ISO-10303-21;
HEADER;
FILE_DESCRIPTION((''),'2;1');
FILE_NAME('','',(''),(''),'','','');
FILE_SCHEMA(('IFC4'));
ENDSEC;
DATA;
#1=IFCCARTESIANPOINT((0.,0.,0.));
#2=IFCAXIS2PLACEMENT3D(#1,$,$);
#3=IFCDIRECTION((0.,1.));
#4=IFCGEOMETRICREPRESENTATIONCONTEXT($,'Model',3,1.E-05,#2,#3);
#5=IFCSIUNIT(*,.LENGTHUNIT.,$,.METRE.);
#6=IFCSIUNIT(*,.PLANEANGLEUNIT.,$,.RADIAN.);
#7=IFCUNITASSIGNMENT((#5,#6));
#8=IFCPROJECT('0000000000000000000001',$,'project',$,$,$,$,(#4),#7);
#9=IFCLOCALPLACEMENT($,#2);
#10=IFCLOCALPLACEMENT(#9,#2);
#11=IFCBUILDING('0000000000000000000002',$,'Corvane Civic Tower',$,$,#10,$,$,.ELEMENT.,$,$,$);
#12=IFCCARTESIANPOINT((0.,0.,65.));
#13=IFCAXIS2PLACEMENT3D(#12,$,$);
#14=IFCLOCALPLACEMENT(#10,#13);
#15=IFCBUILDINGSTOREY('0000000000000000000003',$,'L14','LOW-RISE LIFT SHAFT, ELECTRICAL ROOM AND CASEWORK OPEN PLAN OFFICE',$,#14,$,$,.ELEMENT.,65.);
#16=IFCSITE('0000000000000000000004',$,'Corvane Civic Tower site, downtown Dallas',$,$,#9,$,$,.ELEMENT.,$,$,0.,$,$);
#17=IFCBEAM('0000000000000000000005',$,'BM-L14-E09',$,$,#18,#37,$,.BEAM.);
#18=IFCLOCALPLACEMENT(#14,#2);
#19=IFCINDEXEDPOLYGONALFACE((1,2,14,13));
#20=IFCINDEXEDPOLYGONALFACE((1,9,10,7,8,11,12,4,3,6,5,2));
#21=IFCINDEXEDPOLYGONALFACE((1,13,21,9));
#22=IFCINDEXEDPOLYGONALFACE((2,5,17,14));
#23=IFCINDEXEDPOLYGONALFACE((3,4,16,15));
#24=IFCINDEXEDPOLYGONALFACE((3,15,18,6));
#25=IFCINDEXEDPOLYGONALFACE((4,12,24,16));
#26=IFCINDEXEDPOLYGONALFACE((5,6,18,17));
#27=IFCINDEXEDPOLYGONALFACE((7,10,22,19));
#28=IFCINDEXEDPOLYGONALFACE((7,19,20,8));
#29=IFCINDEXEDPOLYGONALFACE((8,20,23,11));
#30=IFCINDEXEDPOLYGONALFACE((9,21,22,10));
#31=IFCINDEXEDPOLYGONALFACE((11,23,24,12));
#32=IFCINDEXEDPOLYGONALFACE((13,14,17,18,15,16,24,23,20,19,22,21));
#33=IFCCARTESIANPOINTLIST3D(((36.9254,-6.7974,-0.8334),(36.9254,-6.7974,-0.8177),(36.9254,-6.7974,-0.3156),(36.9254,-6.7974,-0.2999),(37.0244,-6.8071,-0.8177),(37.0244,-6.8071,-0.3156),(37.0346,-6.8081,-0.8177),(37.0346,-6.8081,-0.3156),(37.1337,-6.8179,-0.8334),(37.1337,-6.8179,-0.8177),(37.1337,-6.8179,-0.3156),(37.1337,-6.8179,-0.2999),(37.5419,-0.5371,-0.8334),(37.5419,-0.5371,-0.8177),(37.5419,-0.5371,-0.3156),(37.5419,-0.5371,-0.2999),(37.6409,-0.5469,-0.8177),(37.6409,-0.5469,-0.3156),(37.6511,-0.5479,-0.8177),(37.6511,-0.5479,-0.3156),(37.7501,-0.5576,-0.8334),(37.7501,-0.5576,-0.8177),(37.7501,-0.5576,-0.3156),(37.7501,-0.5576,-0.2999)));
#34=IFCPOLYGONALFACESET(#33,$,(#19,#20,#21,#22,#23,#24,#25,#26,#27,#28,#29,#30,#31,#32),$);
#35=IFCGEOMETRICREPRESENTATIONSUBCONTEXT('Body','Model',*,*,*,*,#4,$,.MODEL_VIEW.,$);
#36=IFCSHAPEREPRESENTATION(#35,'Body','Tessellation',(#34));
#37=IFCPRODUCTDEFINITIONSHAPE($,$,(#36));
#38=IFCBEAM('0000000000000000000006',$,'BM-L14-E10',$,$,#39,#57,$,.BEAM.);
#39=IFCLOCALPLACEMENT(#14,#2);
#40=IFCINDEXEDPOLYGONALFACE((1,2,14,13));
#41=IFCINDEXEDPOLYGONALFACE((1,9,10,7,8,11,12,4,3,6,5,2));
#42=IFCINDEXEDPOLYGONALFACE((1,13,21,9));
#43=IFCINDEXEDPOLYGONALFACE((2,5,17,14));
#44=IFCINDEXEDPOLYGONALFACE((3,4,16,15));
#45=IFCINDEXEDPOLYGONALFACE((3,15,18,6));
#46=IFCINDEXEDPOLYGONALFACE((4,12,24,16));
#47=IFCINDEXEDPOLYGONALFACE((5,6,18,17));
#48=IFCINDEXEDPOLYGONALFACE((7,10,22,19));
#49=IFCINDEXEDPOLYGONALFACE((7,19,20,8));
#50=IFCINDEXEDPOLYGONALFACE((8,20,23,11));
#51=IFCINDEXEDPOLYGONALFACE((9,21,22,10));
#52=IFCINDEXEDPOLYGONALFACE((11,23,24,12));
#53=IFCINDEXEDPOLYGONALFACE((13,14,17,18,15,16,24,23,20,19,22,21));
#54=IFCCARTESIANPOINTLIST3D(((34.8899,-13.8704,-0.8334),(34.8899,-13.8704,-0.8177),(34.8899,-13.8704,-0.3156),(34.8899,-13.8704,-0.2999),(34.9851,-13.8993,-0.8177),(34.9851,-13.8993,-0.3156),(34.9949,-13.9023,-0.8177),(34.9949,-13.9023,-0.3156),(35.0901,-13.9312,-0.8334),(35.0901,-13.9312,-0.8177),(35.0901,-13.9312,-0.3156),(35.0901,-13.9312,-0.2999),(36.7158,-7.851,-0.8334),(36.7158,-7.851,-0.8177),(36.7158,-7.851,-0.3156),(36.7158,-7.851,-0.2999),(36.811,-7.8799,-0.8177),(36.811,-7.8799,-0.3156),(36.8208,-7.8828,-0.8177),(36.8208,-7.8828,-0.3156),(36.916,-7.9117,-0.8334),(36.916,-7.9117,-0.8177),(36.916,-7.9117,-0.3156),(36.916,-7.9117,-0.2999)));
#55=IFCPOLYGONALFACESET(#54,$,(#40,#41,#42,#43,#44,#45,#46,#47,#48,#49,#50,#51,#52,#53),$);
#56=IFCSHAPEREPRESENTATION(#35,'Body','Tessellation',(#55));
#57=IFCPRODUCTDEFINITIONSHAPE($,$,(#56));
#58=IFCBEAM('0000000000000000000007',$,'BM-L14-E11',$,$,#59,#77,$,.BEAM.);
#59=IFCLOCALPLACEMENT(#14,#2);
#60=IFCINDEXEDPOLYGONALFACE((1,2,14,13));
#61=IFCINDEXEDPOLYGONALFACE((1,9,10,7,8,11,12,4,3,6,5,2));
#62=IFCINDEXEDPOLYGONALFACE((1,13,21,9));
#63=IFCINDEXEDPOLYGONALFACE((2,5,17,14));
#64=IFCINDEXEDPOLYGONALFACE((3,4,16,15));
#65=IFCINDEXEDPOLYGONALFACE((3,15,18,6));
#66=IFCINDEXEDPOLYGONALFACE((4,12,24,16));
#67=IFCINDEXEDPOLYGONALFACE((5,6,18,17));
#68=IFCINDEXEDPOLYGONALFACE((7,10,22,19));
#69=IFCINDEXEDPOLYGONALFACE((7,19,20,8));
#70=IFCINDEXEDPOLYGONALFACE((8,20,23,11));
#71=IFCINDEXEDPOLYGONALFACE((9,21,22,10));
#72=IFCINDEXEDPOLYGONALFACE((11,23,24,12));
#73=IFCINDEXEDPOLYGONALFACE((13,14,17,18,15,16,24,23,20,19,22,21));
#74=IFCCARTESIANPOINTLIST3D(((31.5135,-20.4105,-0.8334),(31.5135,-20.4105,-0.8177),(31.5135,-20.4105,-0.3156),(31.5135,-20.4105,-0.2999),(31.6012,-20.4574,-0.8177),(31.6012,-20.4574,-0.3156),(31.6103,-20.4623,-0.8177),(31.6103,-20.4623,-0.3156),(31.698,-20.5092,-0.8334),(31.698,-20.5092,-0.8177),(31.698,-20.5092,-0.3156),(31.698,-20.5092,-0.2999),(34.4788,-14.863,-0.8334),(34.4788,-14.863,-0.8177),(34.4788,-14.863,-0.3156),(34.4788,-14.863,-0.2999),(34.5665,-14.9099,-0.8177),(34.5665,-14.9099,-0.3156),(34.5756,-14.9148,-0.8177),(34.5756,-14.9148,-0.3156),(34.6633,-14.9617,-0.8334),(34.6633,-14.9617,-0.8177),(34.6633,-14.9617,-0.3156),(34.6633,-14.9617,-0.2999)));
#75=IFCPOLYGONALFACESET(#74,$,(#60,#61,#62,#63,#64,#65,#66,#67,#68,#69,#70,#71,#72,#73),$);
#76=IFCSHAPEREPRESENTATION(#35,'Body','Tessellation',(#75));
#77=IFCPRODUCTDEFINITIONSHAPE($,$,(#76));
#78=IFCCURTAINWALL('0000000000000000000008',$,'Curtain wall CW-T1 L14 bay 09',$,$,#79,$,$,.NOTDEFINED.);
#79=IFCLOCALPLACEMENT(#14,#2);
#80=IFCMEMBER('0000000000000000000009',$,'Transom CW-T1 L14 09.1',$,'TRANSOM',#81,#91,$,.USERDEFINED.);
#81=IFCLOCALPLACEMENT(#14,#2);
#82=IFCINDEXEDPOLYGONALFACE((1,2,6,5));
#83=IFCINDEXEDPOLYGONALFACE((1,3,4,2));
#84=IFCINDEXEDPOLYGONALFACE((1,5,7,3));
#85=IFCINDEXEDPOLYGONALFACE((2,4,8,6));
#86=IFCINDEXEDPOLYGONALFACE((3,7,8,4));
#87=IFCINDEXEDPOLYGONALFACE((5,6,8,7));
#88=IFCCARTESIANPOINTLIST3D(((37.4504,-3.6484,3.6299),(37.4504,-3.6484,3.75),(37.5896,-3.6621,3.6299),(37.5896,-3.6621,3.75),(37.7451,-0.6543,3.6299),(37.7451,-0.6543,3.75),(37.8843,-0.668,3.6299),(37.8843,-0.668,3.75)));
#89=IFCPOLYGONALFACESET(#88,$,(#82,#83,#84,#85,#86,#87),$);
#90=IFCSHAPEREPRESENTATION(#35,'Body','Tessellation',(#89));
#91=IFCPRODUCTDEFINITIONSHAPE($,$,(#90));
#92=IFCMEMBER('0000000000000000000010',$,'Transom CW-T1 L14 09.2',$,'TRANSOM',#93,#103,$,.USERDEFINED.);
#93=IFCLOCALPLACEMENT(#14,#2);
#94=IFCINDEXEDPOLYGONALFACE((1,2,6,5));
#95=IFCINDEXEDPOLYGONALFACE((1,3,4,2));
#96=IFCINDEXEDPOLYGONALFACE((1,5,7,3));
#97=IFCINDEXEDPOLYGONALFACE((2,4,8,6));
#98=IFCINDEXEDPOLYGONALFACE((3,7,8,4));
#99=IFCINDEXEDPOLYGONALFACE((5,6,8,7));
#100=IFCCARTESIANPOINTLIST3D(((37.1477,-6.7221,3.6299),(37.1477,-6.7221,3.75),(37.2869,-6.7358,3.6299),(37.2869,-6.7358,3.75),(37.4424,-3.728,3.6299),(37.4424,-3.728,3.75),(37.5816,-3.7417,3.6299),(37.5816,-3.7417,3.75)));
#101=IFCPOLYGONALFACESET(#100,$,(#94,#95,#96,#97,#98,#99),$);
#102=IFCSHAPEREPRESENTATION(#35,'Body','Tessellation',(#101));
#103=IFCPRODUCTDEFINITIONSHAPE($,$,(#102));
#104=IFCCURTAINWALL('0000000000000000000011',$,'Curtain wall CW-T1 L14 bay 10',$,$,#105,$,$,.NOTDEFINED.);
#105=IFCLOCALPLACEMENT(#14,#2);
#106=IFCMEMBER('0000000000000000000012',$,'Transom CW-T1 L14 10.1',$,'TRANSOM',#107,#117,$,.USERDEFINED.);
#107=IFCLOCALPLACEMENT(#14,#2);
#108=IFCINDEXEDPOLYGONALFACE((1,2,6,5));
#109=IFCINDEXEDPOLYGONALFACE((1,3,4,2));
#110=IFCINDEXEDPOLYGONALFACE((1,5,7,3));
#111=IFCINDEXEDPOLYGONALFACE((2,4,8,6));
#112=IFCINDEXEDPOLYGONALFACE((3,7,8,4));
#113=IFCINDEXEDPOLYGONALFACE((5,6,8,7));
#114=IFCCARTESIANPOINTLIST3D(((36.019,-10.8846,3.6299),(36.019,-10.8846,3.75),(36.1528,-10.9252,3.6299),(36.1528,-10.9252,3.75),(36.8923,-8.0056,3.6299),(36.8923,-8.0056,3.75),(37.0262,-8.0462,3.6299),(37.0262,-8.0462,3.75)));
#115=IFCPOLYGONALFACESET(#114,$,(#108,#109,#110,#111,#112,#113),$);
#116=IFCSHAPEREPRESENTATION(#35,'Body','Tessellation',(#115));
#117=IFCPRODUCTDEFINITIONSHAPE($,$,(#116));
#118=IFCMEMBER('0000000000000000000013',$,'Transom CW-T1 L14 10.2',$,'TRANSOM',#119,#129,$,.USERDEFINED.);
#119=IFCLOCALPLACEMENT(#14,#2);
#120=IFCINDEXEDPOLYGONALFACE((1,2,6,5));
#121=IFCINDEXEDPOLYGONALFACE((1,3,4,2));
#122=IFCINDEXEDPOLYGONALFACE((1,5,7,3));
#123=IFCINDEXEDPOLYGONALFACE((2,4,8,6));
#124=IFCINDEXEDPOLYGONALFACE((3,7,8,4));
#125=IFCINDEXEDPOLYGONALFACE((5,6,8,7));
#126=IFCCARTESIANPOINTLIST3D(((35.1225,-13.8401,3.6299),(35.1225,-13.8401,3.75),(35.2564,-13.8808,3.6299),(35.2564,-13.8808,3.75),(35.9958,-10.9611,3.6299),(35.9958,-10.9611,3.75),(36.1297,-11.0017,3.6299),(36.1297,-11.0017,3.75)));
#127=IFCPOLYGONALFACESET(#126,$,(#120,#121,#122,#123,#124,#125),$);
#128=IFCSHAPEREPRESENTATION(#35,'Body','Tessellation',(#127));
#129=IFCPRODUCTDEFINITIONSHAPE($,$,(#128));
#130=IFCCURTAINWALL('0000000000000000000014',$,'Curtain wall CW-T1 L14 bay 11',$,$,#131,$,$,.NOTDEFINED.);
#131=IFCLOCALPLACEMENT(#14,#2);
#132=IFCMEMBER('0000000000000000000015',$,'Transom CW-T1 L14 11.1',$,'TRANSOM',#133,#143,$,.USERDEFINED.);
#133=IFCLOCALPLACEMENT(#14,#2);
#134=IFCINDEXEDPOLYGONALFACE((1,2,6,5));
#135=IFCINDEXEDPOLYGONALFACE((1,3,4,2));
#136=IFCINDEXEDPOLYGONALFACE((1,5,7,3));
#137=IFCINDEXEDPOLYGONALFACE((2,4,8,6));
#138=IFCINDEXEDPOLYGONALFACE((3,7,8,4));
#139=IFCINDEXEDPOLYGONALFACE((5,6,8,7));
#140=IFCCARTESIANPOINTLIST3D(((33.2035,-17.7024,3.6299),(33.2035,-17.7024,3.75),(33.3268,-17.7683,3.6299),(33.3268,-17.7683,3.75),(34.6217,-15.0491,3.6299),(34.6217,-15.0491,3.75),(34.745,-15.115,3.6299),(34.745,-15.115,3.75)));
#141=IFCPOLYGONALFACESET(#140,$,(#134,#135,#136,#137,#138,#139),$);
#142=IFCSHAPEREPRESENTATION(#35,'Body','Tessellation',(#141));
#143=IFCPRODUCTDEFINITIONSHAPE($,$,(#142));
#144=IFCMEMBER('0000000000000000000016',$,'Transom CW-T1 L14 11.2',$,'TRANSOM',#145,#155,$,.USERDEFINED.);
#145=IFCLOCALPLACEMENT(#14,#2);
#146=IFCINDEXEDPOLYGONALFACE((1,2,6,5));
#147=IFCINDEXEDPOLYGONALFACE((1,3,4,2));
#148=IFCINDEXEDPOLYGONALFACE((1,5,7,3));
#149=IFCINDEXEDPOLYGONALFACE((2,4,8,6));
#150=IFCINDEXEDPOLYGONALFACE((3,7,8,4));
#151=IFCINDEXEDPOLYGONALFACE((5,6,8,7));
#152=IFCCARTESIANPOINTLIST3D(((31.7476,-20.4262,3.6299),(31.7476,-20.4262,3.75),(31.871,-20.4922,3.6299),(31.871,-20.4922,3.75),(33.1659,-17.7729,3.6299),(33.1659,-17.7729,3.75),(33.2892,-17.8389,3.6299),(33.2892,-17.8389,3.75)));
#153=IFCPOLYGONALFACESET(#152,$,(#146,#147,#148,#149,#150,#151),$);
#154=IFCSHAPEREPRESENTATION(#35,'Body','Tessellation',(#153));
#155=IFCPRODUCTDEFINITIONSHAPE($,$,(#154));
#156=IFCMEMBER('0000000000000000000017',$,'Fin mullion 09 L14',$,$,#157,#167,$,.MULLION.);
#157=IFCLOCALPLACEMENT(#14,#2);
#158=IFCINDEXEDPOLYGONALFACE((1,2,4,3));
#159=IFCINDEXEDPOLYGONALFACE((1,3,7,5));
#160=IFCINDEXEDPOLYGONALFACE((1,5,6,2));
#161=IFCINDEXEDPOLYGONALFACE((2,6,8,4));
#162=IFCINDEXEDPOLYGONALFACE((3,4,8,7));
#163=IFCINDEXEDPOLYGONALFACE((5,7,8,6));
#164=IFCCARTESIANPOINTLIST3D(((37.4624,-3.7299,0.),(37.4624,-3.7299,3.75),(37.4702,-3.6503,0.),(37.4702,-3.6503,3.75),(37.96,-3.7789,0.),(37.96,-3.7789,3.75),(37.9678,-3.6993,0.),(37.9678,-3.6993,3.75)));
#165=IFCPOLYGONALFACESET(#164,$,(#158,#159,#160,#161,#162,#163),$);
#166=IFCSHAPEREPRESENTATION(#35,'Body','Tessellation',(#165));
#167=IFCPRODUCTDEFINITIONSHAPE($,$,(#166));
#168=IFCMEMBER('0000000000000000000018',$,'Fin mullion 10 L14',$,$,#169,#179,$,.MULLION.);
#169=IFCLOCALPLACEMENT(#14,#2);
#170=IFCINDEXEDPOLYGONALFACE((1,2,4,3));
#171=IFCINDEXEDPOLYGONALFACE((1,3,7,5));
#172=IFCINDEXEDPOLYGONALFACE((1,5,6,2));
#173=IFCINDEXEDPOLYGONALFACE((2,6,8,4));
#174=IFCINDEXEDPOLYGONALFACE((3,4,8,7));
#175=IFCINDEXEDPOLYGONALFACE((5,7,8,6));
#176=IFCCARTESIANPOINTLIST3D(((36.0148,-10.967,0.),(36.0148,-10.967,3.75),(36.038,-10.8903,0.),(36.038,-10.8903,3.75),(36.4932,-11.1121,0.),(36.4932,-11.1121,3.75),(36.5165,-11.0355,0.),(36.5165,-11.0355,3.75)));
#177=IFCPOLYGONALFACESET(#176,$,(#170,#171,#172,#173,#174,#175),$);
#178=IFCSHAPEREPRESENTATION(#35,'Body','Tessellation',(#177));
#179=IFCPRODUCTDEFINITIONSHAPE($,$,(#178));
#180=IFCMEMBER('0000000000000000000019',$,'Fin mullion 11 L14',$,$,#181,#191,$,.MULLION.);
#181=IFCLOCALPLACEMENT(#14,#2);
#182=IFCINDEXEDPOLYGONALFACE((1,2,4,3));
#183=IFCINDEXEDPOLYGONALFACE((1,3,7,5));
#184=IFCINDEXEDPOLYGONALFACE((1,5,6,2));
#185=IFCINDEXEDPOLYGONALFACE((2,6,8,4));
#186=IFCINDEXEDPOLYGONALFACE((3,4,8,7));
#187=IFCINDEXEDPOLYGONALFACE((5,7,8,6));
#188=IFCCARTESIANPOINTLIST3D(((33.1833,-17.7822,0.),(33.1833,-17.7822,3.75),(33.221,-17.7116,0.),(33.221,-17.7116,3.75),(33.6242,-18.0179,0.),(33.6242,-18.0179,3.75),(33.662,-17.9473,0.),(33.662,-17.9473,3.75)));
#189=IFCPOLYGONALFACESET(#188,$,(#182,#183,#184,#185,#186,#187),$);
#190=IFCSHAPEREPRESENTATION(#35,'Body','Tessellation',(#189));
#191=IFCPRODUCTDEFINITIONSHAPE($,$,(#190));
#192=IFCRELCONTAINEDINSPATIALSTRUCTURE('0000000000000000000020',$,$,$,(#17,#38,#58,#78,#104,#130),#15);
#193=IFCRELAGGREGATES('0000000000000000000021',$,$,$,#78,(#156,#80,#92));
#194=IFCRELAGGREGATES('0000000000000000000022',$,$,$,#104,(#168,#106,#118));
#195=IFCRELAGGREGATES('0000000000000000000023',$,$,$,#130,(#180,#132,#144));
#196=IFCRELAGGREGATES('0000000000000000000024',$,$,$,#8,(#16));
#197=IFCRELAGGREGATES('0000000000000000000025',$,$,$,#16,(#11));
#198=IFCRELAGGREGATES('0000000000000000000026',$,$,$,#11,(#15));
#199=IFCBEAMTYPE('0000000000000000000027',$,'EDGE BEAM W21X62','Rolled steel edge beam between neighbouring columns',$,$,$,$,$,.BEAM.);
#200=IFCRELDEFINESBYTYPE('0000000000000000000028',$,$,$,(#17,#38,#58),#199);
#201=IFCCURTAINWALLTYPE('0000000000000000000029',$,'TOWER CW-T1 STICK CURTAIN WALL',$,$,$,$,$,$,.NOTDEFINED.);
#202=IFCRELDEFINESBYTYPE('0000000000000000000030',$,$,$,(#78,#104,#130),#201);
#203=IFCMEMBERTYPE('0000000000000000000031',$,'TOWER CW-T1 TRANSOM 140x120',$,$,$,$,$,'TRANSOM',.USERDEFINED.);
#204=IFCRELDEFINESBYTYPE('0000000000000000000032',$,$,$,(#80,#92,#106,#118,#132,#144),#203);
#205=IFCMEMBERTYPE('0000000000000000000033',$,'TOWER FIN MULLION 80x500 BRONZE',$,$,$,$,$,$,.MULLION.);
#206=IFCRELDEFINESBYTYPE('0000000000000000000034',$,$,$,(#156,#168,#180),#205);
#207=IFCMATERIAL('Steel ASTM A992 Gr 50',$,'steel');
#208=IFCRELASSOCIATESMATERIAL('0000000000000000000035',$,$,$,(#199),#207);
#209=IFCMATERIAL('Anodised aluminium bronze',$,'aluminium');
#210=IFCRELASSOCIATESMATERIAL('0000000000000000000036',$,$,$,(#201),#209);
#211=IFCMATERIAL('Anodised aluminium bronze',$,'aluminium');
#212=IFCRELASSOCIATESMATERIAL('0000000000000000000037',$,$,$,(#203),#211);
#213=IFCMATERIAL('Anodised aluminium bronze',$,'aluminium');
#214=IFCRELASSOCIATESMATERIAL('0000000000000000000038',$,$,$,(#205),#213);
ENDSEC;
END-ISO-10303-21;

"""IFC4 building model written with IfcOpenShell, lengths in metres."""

from ifc_helpers import new_model, si_unit, direction, frame, origin, origin_2d, place, context, subcontext, project, spatial, rectangle, i_section, extrude, material, material_profile, profile_set, type_object, element, aggregate, save


model = new_model("IFC4")

# Units and contexts
model_context = context("Model", 3, precision=1e-05, world=origin(), true_north=direction((0.0, 1.0)))
body_context = subcontext(model_context, "Body", "Model", "MODEL_VIEW")
ifc_project = project(units=[si_unit("LENGTHUNIT", "METRE"), si_unit("PLANEANGLEUNIT", "RADIAN")], contexts=[model_context])

# Site, building, storey
site_placement = place(None, origin())
site = spatial("IfcSite", under=ifc_project, at=site_placement, Name="Corvane Civic Tower site, downtown Dallas", CompositionType="ELEMENT", RefElevation=0.0)
building_placement = place(site_placement, origin())
building = spatial("IfcBuilding", under=site, at=building_placement, Name="Corvane Civic Tower", CompositionType="ELEMENT")
storey_placement = place(building_placement, frame((0.0, 0.0, 65.0)))
storey = spatial("IfcBuildingStorey", under=building, at=storey_placement, Name="L14", Description="LOW-RISE LIFT SHAFT, ELECTRICAL ROOM AND CASEWORK OPEN PLAN OFFICE", CompositionType="ELEMENT", Elevation=65.0)

# Beams
ifc_material_1 = material(Name="Steel ASTM A992 Gr 50", Category="steel")
ifc_material_profile_1 = material_profile(ifc_material_1, i_section(OverallWidth=0.2092, OverallDepth=0.5334, WebThickness=0.0103, FlangeThickness=0.0156, at=origin_2d()), Name="W21X62")
ifc_profile_set_1 = profile_set([ifc_material_profile_1], Name="Steel ASTM A992 Gr 50")
beam_type = type_object("IfcBeamType", Name="EDGE BEAM W21X62", Description="Rolled steel edge beam between neighbouring columns", PredefinedType="BEAM", material=ifc_profile_set_1)
beam_placement = place(storey_placement, frame((37.646, -0.5474, -0.5667), z_axis=(-0.097997, -0.995187, 0.0), x_axis=(0.995187, -0.097997, 0.0)))
element("IfcBeam", 1, at=beam_placement, inside=storey, type_object=beam_type, Name="BM-L14-E09", PredefinedType="BEAM", context=body_context, shape_type="SweptSolid", body=[
    extrude(i_section(OverallWidth=0.2092, OverallDepth=0.5334, WebThickness=0.0103, FlangeThickness=0.0156, at=origin_2d()), origin(), (0.0, 0.0, 1.0), 6.2905),
])
for number, where, z_axis, x_axis, name in (
    (2, (36.8159, -7.8813, -0.5667), (-0.290273, -0.956944, 0.0), (0.956944, -0.290273, 0.0), "BM-L14-E10"),
    (3, (34.571, -14.9124, -0.5667), (-0.471406, -0.881916, 0.0), (0.881916, -0.471406, 0.0), "BM-L14-E11"),
):
    element("IfcBeam", number, at=place(storey_placement, frame(where, z_axis=z_axis, x_axis=x_axis)), inside=storey, type_object=beam_type, Name=name, PredefinedType="BEAM", context=body_context, shape_type="SweptSolid", body=[
        extrude(i_section(OverallWidth=0.2092, OverallDepth=0.5334, WebThickness=0.0103, FlangeThickness=0.0156, at=origin_2d()), origin(), (0.0, 0.0, 1.0), 6.2903),
    ])

# Curtain walls, members
ifc_material_2 = material(Name="Anodised aluminium bronze", Category="aluminium")
curtain_wall_type = type_object("IfcCurtainWallType", Name="TOWER CW-T1 STICK CURTAIN WALL", PredefinedType="NOTDEFINED", material=ifc_material_2)
curtain_wall_1_placement = place(storey_placement, origin())
curtain_wall_1 = element("IfcCurtainWall", 4, at=curtain_wall_1_placement, inside=storey, type_object=curtain_wall_type, Name="Curtain wall CW-T1 L14 bay 09", PredefinedType="NOTDEFINED")
ifc_material_3 = material(Name="Anodised aluminium bronze", Category="aluminium")
ifc_material_profile_2 = material_profile(ifc_material_3, rectangle(XDim=0.1399, YDim=0.1201, at=origin_2d()), Name="TOWER CW-T1 TRANSOM 140x120")
ifc_profile_set_2 = profile_set([ifc_material_profile_2], Name="Anodised aluminium bronze")
member_type_1 = type_object("IfcMemberType", Name="TOWER CW-T1 TRANSOM 140x120", ElementType="TRANSOM", PredefinedType="USERDEFINED", material=ifc_profile_set_2)
member_1_placement = place(storey_placement, frame((37.8147, -0.6611, 3.6899), z_axis=(-0.097945, -0.995192, 0.0), x_axis=(0.995192, -0.097945, 0.0)))
member_1 = element("IfcMember", 5, at=member_1_placement, type_object=member_type_1, Name="Transom CW-T1 L14 09.1", ObjectType="TRANSOM", PredefinedType="USERDEFINED", context=body_context, shape_type="SweptSolid", body=[
    extrude(rectangle(XDim=0.1399, YDim=0.1201, at=origin_2d()), origin(), (0.0, 0.0, 1.0), 3.0085),
])
member_2_placement = place(storey_placement, frame((37.512, -3.7349, 3.6899), z_axis=(-0.097945, -0.995192, 0.0), x_axis=(0.995192, -0.097945, 0.0)))
member_2 = element("IfcMember", 6, at=member_2_placement, type_object=member_type_1, Name="Transom CW-T1 L14 09.2", ObjectType="TRANSOM", PredefinedType="USERDEFINED", context=body_context, shape_type="SweptSolid", body=[
    extrude(rectangle(XDim=0.1399, YDim=0.1201, at=origin_2d()), origin(), (0.0, 0.0, 1.0), 3.0085),
])
curtain_wall_2_placement = place(storey_placement, origin())
curtain_wall_2 = element("IfcCurtainWall", 7, at=curtain_wall_2_placement, inside=storey, type_object=curtain_wall_type, Name="Curtain wall CW-T1 L14 bay 10", PredefinedType="NOTDEFINED")
member_3_placement = place(storey_placement, frame((36.9592, -8.0259, 3.6899), z_axis=(-0.29028, -0.956942, 0.0), x_axis=(0.956942, -0.29028, 0.0)))
member_3 = element("IfcMember", 8, at=member_3_placement, type_object=member_type_1, Name="Transom CW-T1 L14 10.1", ObjectType="TRANSOM", PredefinedType="USERDEFINED", context=body_context, shape_type="SweptSolid", body=[
    extrude(rectangle(XDim=0.1399, YDim=0.1201, at=origin_2d()), origin(), (0.0, 0.0, 1.0), 3.0085),
])
member_4_placement = place(storey_placement, frame((36.0627, -10.9814, 3.6899), z_axis=(-0.29028, -0.956942, 0.0), x_axis=(0.956942, -0.29028, 0.0)))
member_4 = element("IfcMember", 9, at=member_4_placement, type_object=member_type_1, Name="Transom CW-T1 L14 10.2", ObjectType="TRANSOM", PredefinedType="USERDEFINED", context=body_context, shape_type="SweptSolid", body=[
    extrude(rectangle(XDim=0.1399, YDim=0.1201, at=origin_2d()), origin(), (0.0, 0.0, 1.0), 3.0085),
])
curtain_wall_3_placement = place(storey_placement, origin())
curtain_wall_3 = element("IfcCurtainWall", 10, at=curtain_wall_3_placement, inside=storey, type_object=curtain_wall_type, Name="Curtain wall CW-T1 L14 bay 11", PredefinedType="NOTDEFINED")
member_5_placement = place(storey_placement, frame((34.6833, -15.082, 3.6899), z_axis=(-0.471393, -0.881924, 0.0), x_axis=(0.881924, -0.471393, 0.0)))
member_5 = element("IfcMember", 11, at=member_5_placement, type_object=member_type_1, Name="Transom CW-T1 L14 11.1", ObjectType="TRANSOM", PredefinedType="USERDEFINED", context=body_context, shape_type="SweptSolid", body=[
    extrude(rectangle(XDim=0.1399, YDim=0.1201, at=origin_2d()), origin(), (0.0, 0.0, 1.0), 3.0085),
])
member_6_placement = place(storey_placement, frame((33.2275, -17.8059, 3.6899), z_axis=(-0.471393, -0.881924, 0.0), x_axis=(0.881924, -0.471393, 0.0)))
member_6 = element("IfcMember", 12, at=member_6_placement, type_object=member_type_1, Name="Transom CW-T1 L14 11.2", ObjectType="TRANSOM", PredefinedType="USERDEFINED", context=body_context, shape_type="SweptSolid", body=[
    extrude(rectangle(XDim=0.1399, YDim=0.1201, at=origin_2d()), origin(), (0.0, 0.0, 1.0), 3.0085),
])

# Members
ifc_material_4 = material(Name="Anodised aluminium bronze", Category="aluminium")
ifc_material_profile_3 = material_profile(ifc_material_4, rectangle(XDim=0.0801, YDim=0.5, at=origin_2d()), Name="TOWER FIN MULLION 80x500 BRONZE")
ifc_profile_set_3 = profile_set([ifc_material_profile_3], Name="Anodised aluminium bronze")
member_type_2 = type_object("IfcMemberType", Name="TOWER FIN MULLION 80x500 BRONZE", PredefinedType="MULLION", material=ifc_profile_set_3)
member_7_placement = place(storey_placement, frame((37.7151, -3.7146, 0.0), z_axis=(0.0, 0.0, 1.0), x_axis=(-0.098006, -0.995186, 0.0)))
member_7 = element("IfcMember", 13, at=member_7_placement, type_object=member_type_2, Name="Fin mullion 09 L14", PredefinedType="MULLION", context=body_context, shape_type="SweptSolid", body=[
    extrude(rectangle(XDim=0.0801, YDim=0.5, at=origin_2d()), origin(), (0.0, 0.0, 1.0), 3.75),
])
member_8_placement = place(storey_placement, frame((36.2656, -11.0012, 0.0), z_axis=(0.0, 0.0, 1.0), x_axis=(-0.290278, -0.956942, 0.0)))
member_8 = element("IfcMember", 14, at=member_8_placement, type_object=member_type_2, Name="Fin mullion 10 L14", PredefinedType="MULLION", context=body_context, shape_type="SweptSolid", body=[
    extrude(rectangle(XDim=0.0801, YDim=0.5, at=origin_2d()), origin(), (0.0, 0.0, 1.0), 3.75),
])
member_9_placement = place(storey_placement, frame((33.4226, -17.8647, 0.0), z_axis=(0.0, 0.0, 1.0), x_axis=(-0.471404, -0.881918, 0.0)))
member_9 = element("IfcMember", 15, at=member_9_placement, type_object=member_type_2, Name="Fin mullion 11 L14", PredefinedType="MULLION", context=body_context, shape_type="SweptSolid", body=[
    extrude(rectangle(XDim=0.0801, YDim=0.5, at=origin_2d()), origin(), (0.0, 0.0, 1.0), 3.75),
])

aggregate(curtain_wall_1, [member_7, member_1, member_2])
aggregate(curtain_wall_2, [member_8, member_3, member_4])
aggregate(curtain_wall_3, [member_9, member_5, member_6])

save(model, "model.ifc")
